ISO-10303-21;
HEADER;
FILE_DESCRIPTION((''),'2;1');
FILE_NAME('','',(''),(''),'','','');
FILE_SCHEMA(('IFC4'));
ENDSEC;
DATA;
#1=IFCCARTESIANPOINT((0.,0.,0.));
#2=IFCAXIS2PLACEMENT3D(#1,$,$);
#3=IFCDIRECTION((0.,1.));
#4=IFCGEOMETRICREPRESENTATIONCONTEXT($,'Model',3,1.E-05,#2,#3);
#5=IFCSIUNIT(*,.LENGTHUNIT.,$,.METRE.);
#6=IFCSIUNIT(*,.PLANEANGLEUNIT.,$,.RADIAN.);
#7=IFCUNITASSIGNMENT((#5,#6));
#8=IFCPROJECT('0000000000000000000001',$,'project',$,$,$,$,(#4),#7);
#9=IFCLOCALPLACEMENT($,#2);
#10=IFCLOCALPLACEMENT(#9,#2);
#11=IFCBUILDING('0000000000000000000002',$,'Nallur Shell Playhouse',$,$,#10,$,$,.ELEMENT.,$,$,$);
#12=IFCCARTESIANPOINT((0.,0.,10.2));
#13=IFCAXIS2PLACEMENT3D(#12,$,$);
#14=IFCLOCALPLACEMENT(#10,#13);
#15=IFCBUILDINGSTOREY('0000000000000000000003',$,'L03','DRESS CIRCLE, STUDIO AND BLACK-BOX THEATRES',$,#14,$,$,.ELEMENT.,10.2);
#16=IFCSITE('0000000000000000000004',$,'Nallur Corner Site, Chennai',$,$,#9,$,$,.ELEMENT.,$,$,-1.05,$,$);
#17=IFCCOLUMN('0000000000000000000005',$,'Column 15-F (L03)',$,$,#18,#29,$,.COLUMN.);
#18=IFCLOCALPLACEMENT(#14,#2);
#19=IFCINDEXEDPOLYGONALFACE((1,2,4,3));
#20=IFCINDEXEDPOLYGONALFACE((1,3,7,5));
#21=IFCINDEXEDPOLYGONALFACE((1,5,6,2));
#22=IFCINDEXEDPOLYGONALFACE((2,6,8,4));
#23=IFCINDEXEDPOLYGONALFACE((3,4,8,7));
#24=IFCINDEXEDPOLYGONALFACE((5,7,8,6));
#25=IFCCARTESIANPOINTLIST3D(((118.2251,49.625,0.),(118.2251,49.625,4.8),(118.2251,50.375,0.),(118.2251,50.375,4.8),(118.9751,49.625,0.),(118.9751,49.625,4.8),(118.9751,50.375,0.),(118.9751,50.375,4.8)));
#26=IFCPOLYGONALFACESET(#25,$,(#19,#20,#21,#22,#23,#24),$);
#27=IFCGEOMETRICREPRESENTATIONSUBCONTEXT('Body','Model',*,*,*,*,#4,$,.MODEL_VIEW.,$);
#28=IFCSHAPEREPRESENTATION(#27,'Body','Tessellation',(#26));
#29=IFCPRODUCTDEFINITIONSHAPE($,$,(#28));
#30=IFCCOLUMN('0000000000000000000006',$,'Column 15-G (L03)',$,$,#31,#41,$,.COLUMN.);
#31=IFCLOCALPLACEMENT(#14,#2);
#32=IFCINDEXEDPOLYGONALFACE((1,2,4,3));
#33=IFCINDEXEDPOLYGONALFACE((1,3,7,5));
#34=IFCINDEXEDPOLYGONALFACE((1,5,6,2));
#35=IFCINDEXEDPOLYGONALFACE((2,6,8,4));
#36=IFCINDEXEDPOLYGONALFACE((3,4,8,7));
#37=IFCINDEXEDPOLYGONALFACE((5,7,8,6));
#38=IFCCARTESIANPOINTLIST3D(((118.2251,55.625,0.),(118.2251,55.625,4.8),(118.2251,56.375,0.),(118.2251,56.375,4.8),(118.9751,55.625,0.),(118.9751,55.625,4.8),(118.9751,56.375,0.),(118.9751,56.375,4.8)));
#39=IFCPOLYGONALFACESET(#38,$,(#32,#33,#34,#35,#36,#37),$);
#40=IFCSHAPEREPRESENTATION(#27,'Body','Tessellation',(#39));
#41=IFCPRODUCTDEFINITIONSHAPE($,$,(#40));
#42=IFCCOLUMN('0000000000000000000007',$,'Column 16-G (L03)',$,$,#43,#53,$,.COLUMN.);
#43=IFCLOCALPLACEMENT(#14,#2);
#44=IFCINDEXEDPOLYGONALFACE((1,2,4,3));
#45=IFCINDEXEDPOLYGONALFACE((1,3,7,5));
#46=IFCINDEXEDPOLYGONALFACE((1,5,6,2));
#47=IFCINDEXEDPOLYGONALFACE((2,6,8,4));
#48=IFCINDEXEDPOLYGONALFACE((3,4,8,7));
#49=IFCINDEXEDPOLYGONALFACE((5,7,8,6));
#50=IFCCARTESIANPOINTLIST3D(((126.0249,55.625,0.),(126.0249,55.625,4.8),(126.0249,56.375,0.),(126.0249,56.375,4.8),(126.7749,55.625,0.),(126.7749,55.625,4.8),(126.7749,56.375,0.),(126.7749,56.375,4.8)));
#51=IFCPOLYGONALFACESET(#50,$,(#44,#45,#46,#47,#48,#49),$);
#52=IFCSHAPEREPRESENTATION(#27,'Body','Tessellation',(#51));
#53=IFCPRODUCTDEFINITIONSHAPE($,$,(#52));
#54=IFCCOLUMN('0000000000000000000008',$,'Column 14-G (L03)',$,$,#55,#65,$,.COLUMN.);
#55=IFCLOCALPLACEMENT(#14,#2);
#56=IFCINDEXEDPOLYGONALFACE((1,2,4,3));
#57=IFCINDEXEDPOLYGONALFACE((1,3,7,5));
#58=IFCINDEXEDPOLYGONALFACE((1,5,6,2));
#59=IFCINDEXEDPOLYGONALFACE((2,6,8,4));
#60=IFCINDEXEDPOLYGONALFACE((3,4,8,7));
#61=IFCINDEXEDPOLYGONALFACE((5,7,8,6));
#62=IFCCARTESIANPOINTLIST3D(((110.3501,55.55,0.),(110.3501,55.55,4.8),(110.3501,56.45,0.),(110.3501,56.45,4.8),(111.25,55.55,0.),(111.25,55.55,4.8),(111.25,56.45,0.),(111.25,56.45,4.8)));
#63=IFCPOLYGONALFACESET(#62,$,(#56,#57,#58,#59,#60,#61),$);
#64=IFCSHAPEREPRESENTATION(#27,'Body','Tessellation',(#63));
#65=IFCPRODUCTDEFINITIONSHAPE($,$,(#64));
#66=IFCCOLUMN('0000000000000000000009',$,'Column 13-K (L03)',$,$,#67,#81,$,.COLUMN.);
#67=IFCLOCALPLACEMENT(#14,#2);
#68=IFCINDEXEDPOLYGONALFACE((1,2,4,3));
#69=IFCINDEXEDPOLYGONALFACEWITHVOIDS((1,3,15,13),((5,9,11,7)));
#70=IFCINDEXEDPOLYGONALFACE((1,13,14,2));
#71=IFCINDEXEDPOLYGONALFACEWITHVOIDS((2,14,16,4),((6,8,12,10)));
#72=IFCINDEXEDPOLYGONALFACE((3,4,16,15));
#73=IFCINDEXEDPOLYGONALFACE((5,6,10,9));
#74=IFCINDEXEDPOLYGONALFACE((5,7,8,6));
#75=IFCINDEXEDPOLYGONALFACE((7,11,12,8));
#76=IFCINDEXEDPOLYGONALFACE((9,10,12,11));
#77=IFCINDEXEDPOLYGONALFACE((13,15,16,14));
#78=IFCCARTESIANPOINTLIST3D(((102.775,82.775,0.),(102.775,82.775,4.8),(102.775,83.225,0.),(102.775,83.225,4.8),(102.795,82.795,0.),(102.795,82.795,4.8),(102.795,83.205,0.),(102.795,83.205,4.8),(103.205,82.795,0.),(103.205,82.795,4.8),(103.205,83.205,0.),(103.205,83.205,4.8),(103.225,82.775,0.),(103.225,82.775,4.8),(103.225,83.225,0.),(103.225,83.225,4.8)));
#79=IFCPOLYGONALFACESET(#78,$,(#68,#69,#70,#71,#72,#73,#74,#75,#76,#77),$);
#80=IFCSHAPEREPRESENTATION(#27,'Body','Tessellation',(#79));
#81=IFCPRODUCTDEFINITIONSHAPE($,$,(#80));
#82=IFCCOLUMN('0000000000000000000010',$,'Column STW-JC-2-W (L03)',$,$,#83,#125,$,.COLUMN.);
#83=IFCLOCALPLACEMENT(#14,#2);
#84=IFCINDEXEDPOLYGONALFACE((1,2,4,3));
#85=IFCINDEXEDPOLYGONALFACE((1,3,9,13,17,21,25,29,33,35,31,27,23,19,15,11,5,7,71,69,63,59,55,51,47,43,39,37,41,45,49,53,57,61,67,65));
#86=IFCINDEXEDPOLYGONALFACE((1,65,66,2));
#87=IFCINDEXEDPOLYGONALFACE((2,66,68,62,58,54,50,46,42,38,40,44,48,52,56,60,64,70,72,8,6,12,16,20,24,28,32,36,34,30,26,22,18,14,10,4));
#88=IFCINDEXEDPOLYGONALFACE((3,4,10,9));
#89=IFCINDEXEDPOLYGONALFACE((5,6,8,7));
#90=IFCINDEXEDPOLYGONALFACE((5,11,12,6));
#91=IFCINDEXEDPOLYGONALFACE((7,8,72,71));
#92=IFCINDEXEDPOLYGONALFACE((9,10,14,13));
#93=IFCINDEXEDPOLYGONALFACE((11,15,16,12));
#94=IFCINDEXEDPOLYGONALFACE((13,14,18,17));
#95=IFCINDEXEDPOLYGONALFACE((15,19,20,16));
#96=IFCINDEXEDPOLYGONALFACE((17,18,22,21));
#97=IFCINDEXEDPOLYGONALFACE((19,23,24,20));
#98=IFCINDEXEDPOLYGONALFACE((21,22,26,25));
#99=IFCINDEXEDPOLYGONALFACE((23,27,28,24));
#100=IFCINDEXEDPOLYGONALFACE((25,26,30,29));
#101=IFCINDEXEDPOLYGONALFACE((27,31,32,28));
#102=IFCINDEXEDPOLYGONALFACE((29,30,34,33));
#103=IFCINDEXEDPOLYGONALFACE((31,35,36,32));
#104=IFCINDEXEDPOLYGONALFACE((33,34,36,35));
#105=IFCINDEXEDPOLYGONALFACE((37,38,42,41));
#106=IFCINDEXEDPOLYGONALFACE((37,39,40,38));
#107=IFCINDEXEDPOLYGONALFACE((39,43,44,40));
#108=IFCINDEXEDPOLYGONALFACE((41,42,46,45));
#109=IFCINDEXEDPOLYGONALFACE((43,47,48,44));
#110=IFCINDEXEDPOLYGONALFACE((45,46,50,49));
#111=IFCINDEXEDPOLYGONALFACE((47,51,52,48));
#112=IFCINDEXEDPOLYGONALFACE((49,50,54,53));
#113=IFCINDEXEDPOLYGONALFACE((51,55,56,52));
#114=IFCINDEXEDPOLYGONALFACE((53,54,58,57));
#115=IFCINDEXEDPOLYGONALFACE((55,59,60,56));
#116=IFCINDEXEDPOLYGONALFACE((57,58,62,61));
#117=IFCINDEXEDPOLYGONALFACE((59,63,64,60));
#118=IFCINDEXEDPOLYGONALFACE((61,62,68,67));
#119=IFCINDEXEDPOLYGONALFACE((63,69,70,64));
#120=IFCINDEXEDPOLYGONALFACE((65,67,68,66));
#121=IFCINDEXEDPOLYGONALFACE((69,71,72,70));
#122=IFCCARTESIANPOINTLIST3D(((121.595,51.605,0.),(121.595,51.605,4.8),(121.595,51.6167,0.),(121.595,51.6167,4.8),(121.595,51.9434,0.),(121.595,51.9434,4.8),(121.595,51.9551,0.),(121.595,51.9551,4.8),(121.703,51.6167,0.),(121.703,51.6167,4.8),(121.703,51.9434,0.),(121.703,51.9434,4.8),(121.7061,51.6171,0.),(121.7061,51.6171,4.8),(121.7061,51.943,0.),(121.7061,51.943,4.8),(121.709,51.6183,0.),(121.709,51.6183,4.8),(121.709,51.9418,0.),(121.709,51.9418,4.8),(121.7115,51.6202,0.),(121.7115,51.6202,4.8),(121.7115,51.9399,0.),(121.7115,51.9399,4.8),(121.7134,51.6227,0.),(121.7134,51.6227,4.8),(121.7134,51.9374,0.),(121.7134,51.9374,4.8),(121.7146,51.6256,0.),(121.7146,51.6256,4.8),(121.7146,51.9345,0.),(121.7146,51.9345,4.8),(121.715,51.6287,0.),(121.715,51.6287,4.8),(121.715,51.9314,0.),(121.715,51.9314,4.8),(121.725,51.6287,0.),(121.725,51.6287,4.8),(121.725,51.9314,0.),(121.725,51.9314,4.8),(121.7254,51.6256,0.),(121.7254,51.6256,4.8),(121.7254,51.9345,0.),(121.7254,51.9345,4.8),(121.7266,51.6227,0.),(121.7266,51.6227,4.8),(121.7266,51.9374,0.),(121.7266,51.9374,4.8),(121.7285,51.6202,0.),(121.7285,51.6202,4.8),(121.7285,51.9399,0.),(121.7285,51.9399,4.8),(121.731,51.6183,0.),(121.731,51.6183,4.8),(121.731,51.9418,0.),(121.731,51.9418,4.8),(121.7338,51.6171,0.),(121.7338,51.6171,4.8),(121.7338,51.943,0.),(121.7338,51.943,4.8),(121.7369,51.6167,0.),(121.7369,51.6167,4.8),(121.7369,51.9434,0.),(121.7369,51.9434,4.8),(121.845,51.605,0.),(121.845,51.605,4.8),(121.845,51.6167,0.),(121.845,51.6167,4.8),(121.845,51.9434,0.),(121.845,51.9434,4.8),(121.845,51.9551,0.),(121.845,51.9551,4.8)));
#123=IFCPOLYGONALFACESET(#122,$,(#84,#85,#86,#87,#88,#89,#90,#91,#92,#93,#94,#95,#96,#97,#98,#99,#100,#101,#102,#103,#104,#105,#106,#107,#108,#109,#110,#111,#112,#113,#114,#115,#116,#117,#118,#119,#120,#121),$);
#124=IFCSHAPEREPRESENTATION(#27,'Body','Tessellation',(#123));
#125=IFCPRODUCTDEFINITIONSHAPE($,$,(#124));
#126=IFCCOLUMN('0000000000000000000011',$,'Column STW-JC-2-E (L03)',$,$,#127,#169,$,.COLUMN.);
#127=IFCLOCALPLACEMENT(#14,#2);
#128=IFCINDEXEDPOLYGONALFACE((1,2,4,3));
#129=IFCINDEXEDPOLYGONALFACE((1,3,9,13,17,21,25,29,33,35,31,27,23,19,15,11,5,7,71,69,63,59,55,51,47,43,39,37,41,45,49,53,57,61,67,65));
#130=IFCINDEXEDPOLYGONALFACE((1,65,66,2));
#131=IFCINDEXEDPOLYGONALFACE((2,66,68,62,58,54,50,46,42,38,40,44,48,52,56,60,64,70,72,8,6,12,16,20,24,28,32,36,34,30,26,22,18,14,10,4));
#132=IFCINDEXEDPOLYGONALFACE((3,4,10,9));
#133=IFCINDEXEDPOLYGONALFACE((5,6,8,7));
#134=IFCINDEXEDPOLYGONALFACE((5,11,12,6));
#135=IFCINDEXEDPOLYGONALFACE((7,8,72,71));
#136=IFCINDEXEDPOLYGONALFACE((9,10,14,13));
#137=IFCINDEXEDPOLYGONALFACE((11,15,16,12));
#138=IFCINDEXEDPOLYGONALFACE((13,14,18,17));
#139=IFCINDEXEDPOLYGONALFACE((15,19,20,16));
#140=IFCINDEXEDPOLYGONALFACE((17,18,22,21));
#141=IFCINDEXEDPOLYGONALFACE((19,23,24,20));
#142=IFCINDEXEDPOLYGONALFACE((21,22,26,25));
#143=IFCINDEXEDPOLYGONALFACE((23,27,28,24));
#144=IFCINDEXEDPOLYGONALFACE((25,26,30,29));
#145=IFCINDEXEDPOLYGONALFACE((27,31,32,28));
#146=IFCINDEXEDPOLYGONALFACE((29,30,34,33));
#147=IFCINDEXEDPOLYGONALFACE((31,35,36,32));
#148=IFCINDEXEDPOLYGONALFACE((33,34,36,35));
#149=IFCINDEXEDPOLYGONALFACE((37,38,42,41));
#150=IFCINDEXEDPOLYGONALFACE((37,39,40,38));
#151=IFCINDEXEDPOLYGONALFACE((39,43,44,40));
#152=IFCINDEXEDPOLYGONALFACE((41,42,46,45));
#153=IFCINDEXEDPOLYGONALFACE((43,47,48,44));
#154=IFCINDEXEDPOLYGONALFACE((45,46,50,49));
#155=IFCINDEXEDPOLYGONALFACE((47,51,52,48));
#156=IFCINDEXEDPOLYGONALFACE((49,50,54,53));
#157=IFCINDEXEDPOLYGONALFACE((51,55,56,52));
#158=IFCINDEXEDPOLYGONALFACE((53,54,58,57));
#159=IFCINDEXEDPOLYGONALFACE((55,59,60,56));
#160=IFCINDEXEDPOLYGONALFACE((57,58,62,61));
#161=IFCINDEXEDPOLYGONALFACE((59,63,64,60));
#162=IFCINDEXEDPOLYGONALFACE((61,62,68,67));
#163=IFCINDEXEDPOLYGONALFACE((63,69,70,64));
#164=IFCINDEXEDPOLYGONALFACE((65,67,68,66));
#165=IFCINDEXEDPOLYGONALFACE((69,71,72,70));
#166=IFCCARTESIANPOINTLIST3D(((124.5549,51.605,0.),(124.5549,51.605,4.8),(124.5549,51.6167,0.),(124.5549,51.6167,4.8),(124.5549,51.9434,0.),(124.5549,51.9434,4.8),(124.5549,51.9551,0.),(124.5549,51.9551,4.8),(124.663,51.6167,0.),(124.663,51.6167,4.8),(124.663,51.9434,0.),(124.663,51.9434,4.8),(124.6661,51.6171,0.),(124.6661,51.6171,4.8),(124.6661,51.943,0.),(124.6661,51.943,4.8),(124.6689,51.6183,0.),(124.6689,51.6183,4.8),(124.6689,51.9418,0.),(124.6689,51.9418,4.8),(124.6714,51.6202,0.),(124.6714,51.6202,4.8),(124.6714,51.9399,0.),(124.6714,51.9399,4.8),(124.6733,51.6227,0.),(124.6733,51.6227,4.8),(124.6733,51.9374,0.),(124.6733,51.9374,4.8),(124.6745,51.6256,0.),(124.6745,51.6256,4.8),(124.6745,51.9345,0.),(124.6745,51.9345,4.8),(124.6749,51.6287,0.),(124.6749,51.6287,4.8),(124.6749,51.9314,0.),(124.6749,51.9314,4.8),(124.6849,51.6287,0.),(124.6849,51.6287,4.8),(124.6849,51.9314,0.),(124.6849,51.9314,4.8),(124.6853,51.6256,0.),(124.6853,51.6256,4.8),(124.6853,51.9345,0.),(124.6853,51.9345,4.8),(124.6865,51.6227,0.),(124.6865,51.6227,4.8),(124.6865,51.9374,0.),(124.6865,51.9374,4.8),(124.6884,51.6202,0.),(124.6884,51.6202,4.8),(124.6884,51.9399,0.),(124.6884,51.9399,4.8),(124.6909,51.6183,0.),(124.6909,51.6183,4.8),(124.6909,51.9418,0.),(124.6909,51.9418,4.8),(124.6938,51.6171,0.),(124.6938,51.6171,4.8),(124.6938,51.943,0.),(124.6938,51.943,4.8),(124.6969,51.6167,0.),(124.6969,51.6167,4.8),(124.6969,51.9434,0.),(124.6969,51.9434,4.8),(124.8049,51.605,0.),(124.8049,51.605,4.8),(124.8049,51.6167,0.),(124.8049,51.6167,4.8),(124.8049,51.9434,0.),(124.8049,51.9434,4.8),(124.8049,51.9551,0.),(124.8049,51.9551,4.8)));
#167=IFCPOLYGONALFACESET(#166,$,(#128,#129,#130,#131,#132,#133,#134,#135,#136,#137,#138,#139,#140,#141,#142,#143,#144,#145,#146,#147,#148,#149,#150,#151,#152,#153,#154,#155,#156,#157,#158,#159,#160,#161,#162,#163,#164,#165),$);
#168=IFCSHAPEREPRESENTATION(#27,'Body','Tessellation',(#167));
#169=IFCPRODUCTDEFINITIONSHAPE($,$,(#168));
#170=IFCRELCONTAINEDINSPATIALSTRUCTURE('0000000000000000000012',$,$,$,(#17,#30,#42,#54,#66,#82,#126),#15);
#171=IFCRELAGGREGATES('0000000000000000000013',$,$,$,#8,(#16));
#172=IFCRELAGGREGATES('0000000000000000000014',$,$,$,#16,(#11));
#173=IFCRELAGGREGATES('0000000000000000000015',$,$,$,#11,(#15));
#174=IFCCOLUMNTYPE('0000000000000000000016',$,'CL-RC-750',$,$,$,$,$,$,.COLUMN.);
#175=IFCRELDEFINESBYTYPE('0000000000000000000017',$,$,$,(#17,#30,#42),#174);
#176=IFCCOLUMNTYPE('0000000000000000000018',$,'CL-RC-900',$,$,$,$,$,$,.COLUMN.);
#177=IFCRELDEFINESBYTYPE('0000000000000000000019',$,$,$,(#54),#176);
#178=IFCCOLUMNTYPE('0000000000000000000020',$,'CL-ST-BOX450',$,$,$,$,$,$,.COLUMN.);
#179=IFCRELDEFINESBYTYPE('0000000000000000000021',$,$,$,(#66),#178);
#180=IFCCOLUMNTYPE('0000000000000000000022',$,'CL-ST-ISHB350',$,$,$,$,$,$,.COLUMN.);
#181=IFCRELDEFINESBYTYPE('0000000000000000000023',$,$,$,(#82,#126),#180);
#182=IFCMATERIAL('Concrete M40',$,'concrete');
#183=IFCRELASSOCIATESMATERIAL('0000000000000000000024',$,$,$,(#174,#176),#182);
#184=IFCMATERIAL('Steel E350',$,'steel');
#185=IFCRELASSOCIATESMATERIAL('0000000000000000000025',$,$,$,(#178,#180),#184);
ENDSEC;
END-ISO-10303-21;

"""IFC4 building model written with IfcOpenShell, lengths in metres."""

from ifc_helpers import new_model, si_unit, direction, frame, origin, origin_2d, place, context, subcontext, project, spatial, rectangle, hollow_rectangle, i_section, extrude, material, material_profile, profile_set, type_object, element, save


model = new_model("IFC4")

# Units and contexts
model_context = context("Model", 3, precision=1e-05, world=origin(), true_north=direction((0.0, 1.0)))
body_context = subcontext(model_context, "Body", "Model", "MODEL_VIEW")
ifc_project = project(units=[si_unit("LENGTHUNIT", "METRE"), si_unit("PLANEANGLEUNIT", "RADIAN")], contexts=[model_context])

# Site, building, storey
site_placement = place(None, origin())
site = spatial("IfcSite", under=ifc_project, at=site_placement, Name="Nallur Corner Site, Chennai", CompositionType="ELEMENT", RefElevation=-1.05)
building_placement = place(site_placement, origin())
building = spatial("IfcBuilding", under=site, at=building_placement, Name="Nallur Shell Playhouse", CompositionType="ELEMENT")
storey_placement = place(building_placement, frame((0.0, 0.0, 10.2)))
storey = spatial("IfcBuildingStorey", under=building, at=storey_placement, Name="L03", Description="DRESS CIRCLE, STUDIO AND BLACK-BOX THEATRES", CompositionType="ELEMENT", Elevation=10.2)

# Columns
ifc_material_1 = material(Name="Concrete M40", Category="concrete")
ifc_material_profile_1 = material_profile(ifc_material_1, rectangle(XDim=0.75, YDim=0.75, at=origin_2d()), Name="RC 750x750")
ifc_profile_set_1 = profile_set([ifc_material_profile_1], Name="Concrete M40")
column_type_1 = type_object("IfcColumnType", Name="CL-RC-750", PredefinedType="COLUMN", material=ifc_profile_set_1)
for number, where, z_axis, x_axis, name in (
    (1, (118.6001, 50.0, 0.0), (0.0, 0.0, 1.0), (1.0, 0.0, 0.0), "Column 15-F (L03)"),
    (2, (118.6001, 56.0, 0.0), (0.0, 0.0, 1.0), (1.0, 0.0, 0.0), "Column 15-G (L03)"),
    (3, (126.3999, 56.0, 0.0), (0.0, 0.0, 1.0), (1.0, 0.0, 0.0), "Column 16-G (L03)"),
):
    element("IfcColumn", number, at=place(storey_placement, frame(where, z_axis=z_axis, x_axis=x_axis)), inside=storey, type_object=column_type_1, Name=name, PredefinedType="COLUMN", context=body_context, shape_type="SweptSolid", body=[
        extrude(rectangle(XDim=0.75, YDim=0.75, at=origin_2d()), origin(), (0.0, 0.0, 1.0), 4.8),
    ])
ifc_material_profile_2 = material_profile(ifc_material_1, rectangle(XDim=0.8999, YDim=0.8999, at=origin_2d()), Name="RC 900x900")
ifc_profile_set_2 = profile_set([ifc_material_profile_2], Name="Concrete M40")
column_type_2 = type_object("IfcColumnType", Name="CL-RC-900", PredefinedType="COLUMN", material=ifc_profile_set_2)
column_1_placement = place(storey_placement, frame((110.8, 56.0, 0.0), z_axis=(0.0, 0.0, 1.0), x_axis=(1.0, 0.0, 0.0)))
element("IfcColumn", 4, at=column_1_placement, inside=storey, type_object=column_type_2, Name="Column 14-G (L03)", PredefinedType="COLUMN", context=body_context, shape_type="SweptSolid", body=[
    extrude(rectangle(XDim=0.8999, YDim=0.8999, at=origin_2d()), origin(), (0.0, 0.0, 1.0), 4.8),
])
ifc_material_2 = material(Name="Steel E350", Category="steel")
ifc_material_profile_3 = material_profile(ifc_material_2, hollow_rectangle(XDim=0.45, YDim=0.45, WallThickness=0.02, at=origin_2d()), Name="BOX 450x450x20")
ifc_profile_set_3 = profile_set([ifc_material_profile_3], Name="Steel E350")
column_type_3 = type_object("IfcColumnType", Name="CL-ST-BOX450", PredefinedType="COLUMN", material=ifc_profile_set_3)
column_2_placement = place(storey_placement, frame((103.0, 83.0, 0.0), z_axis=(0.0, 0.0, 1.0), x_axis=(1.0, 0.0, 0.0)))
element("IfcColumn", 5, at=column_2_placement, inside=storey, type_object=column_type_3, Name="Column 13-K (L03)", PredefinedType="COLUMN", context=body_context, shape_type="SweptSolid", body=[
    extrude(hollow_rectangle(XDim=0.45, YDim=0.45, WallThickness=0.02, at=origin_2d()), origin(), (0.0, 0.0, 1.0), 4.8),
])
ifc_material_profile_4 = material_profile(ifc_material_2, i_section(OverallWidth=0.25, OverallDepth=0.3501, WebThickness=0.01, FlangeThickness=0.0117, FilletRadius=0.012, at=origin_2d()), Name="ISHB 350")
ifc_profile_set_4 = profile_set([ifc_material_profile_4], Name="Steel E350")
column_type_4 = type_object("IfcColumnType", Name="CL-ST-ISHB350", PredefinedType="COLUMN", material=ifc_profile_set_4)
for number, where, z_axis, x_axis, name in (
    (6, (121.72, 51.78, 0.0), (0.0, 0.0, 1.0), (1.0, 0.0, 0.0), "Column STW-JC-2-W (L03)"),
    (7, (124.6799, 51.78, 0.0), (0.0, 0.0, 1.0), (1.0, 0.0, 0.0), "Column STW-JC-2-E (L03)"),
):
    element("IfcColumn", number, at=place(storey_placement, frame(where, z_axis=z_axis, x_axis=x_axis)), inside=storey, type_object=column_type_4, Name=name, PredefinedType="COLUMN", context=body_context, shape_type="SweptSolid", body=[
        extrude(i_section(OverallWidth=0.25, OverallDepth=0.3501, WebThickness=0.01, FlangeThickness=0.0117, FilletRadius=0.012, at=origin_2d()), origin(), (0.0, 0.0, 1.0), 4.8),
    ])

save(model, "model.ifc")
